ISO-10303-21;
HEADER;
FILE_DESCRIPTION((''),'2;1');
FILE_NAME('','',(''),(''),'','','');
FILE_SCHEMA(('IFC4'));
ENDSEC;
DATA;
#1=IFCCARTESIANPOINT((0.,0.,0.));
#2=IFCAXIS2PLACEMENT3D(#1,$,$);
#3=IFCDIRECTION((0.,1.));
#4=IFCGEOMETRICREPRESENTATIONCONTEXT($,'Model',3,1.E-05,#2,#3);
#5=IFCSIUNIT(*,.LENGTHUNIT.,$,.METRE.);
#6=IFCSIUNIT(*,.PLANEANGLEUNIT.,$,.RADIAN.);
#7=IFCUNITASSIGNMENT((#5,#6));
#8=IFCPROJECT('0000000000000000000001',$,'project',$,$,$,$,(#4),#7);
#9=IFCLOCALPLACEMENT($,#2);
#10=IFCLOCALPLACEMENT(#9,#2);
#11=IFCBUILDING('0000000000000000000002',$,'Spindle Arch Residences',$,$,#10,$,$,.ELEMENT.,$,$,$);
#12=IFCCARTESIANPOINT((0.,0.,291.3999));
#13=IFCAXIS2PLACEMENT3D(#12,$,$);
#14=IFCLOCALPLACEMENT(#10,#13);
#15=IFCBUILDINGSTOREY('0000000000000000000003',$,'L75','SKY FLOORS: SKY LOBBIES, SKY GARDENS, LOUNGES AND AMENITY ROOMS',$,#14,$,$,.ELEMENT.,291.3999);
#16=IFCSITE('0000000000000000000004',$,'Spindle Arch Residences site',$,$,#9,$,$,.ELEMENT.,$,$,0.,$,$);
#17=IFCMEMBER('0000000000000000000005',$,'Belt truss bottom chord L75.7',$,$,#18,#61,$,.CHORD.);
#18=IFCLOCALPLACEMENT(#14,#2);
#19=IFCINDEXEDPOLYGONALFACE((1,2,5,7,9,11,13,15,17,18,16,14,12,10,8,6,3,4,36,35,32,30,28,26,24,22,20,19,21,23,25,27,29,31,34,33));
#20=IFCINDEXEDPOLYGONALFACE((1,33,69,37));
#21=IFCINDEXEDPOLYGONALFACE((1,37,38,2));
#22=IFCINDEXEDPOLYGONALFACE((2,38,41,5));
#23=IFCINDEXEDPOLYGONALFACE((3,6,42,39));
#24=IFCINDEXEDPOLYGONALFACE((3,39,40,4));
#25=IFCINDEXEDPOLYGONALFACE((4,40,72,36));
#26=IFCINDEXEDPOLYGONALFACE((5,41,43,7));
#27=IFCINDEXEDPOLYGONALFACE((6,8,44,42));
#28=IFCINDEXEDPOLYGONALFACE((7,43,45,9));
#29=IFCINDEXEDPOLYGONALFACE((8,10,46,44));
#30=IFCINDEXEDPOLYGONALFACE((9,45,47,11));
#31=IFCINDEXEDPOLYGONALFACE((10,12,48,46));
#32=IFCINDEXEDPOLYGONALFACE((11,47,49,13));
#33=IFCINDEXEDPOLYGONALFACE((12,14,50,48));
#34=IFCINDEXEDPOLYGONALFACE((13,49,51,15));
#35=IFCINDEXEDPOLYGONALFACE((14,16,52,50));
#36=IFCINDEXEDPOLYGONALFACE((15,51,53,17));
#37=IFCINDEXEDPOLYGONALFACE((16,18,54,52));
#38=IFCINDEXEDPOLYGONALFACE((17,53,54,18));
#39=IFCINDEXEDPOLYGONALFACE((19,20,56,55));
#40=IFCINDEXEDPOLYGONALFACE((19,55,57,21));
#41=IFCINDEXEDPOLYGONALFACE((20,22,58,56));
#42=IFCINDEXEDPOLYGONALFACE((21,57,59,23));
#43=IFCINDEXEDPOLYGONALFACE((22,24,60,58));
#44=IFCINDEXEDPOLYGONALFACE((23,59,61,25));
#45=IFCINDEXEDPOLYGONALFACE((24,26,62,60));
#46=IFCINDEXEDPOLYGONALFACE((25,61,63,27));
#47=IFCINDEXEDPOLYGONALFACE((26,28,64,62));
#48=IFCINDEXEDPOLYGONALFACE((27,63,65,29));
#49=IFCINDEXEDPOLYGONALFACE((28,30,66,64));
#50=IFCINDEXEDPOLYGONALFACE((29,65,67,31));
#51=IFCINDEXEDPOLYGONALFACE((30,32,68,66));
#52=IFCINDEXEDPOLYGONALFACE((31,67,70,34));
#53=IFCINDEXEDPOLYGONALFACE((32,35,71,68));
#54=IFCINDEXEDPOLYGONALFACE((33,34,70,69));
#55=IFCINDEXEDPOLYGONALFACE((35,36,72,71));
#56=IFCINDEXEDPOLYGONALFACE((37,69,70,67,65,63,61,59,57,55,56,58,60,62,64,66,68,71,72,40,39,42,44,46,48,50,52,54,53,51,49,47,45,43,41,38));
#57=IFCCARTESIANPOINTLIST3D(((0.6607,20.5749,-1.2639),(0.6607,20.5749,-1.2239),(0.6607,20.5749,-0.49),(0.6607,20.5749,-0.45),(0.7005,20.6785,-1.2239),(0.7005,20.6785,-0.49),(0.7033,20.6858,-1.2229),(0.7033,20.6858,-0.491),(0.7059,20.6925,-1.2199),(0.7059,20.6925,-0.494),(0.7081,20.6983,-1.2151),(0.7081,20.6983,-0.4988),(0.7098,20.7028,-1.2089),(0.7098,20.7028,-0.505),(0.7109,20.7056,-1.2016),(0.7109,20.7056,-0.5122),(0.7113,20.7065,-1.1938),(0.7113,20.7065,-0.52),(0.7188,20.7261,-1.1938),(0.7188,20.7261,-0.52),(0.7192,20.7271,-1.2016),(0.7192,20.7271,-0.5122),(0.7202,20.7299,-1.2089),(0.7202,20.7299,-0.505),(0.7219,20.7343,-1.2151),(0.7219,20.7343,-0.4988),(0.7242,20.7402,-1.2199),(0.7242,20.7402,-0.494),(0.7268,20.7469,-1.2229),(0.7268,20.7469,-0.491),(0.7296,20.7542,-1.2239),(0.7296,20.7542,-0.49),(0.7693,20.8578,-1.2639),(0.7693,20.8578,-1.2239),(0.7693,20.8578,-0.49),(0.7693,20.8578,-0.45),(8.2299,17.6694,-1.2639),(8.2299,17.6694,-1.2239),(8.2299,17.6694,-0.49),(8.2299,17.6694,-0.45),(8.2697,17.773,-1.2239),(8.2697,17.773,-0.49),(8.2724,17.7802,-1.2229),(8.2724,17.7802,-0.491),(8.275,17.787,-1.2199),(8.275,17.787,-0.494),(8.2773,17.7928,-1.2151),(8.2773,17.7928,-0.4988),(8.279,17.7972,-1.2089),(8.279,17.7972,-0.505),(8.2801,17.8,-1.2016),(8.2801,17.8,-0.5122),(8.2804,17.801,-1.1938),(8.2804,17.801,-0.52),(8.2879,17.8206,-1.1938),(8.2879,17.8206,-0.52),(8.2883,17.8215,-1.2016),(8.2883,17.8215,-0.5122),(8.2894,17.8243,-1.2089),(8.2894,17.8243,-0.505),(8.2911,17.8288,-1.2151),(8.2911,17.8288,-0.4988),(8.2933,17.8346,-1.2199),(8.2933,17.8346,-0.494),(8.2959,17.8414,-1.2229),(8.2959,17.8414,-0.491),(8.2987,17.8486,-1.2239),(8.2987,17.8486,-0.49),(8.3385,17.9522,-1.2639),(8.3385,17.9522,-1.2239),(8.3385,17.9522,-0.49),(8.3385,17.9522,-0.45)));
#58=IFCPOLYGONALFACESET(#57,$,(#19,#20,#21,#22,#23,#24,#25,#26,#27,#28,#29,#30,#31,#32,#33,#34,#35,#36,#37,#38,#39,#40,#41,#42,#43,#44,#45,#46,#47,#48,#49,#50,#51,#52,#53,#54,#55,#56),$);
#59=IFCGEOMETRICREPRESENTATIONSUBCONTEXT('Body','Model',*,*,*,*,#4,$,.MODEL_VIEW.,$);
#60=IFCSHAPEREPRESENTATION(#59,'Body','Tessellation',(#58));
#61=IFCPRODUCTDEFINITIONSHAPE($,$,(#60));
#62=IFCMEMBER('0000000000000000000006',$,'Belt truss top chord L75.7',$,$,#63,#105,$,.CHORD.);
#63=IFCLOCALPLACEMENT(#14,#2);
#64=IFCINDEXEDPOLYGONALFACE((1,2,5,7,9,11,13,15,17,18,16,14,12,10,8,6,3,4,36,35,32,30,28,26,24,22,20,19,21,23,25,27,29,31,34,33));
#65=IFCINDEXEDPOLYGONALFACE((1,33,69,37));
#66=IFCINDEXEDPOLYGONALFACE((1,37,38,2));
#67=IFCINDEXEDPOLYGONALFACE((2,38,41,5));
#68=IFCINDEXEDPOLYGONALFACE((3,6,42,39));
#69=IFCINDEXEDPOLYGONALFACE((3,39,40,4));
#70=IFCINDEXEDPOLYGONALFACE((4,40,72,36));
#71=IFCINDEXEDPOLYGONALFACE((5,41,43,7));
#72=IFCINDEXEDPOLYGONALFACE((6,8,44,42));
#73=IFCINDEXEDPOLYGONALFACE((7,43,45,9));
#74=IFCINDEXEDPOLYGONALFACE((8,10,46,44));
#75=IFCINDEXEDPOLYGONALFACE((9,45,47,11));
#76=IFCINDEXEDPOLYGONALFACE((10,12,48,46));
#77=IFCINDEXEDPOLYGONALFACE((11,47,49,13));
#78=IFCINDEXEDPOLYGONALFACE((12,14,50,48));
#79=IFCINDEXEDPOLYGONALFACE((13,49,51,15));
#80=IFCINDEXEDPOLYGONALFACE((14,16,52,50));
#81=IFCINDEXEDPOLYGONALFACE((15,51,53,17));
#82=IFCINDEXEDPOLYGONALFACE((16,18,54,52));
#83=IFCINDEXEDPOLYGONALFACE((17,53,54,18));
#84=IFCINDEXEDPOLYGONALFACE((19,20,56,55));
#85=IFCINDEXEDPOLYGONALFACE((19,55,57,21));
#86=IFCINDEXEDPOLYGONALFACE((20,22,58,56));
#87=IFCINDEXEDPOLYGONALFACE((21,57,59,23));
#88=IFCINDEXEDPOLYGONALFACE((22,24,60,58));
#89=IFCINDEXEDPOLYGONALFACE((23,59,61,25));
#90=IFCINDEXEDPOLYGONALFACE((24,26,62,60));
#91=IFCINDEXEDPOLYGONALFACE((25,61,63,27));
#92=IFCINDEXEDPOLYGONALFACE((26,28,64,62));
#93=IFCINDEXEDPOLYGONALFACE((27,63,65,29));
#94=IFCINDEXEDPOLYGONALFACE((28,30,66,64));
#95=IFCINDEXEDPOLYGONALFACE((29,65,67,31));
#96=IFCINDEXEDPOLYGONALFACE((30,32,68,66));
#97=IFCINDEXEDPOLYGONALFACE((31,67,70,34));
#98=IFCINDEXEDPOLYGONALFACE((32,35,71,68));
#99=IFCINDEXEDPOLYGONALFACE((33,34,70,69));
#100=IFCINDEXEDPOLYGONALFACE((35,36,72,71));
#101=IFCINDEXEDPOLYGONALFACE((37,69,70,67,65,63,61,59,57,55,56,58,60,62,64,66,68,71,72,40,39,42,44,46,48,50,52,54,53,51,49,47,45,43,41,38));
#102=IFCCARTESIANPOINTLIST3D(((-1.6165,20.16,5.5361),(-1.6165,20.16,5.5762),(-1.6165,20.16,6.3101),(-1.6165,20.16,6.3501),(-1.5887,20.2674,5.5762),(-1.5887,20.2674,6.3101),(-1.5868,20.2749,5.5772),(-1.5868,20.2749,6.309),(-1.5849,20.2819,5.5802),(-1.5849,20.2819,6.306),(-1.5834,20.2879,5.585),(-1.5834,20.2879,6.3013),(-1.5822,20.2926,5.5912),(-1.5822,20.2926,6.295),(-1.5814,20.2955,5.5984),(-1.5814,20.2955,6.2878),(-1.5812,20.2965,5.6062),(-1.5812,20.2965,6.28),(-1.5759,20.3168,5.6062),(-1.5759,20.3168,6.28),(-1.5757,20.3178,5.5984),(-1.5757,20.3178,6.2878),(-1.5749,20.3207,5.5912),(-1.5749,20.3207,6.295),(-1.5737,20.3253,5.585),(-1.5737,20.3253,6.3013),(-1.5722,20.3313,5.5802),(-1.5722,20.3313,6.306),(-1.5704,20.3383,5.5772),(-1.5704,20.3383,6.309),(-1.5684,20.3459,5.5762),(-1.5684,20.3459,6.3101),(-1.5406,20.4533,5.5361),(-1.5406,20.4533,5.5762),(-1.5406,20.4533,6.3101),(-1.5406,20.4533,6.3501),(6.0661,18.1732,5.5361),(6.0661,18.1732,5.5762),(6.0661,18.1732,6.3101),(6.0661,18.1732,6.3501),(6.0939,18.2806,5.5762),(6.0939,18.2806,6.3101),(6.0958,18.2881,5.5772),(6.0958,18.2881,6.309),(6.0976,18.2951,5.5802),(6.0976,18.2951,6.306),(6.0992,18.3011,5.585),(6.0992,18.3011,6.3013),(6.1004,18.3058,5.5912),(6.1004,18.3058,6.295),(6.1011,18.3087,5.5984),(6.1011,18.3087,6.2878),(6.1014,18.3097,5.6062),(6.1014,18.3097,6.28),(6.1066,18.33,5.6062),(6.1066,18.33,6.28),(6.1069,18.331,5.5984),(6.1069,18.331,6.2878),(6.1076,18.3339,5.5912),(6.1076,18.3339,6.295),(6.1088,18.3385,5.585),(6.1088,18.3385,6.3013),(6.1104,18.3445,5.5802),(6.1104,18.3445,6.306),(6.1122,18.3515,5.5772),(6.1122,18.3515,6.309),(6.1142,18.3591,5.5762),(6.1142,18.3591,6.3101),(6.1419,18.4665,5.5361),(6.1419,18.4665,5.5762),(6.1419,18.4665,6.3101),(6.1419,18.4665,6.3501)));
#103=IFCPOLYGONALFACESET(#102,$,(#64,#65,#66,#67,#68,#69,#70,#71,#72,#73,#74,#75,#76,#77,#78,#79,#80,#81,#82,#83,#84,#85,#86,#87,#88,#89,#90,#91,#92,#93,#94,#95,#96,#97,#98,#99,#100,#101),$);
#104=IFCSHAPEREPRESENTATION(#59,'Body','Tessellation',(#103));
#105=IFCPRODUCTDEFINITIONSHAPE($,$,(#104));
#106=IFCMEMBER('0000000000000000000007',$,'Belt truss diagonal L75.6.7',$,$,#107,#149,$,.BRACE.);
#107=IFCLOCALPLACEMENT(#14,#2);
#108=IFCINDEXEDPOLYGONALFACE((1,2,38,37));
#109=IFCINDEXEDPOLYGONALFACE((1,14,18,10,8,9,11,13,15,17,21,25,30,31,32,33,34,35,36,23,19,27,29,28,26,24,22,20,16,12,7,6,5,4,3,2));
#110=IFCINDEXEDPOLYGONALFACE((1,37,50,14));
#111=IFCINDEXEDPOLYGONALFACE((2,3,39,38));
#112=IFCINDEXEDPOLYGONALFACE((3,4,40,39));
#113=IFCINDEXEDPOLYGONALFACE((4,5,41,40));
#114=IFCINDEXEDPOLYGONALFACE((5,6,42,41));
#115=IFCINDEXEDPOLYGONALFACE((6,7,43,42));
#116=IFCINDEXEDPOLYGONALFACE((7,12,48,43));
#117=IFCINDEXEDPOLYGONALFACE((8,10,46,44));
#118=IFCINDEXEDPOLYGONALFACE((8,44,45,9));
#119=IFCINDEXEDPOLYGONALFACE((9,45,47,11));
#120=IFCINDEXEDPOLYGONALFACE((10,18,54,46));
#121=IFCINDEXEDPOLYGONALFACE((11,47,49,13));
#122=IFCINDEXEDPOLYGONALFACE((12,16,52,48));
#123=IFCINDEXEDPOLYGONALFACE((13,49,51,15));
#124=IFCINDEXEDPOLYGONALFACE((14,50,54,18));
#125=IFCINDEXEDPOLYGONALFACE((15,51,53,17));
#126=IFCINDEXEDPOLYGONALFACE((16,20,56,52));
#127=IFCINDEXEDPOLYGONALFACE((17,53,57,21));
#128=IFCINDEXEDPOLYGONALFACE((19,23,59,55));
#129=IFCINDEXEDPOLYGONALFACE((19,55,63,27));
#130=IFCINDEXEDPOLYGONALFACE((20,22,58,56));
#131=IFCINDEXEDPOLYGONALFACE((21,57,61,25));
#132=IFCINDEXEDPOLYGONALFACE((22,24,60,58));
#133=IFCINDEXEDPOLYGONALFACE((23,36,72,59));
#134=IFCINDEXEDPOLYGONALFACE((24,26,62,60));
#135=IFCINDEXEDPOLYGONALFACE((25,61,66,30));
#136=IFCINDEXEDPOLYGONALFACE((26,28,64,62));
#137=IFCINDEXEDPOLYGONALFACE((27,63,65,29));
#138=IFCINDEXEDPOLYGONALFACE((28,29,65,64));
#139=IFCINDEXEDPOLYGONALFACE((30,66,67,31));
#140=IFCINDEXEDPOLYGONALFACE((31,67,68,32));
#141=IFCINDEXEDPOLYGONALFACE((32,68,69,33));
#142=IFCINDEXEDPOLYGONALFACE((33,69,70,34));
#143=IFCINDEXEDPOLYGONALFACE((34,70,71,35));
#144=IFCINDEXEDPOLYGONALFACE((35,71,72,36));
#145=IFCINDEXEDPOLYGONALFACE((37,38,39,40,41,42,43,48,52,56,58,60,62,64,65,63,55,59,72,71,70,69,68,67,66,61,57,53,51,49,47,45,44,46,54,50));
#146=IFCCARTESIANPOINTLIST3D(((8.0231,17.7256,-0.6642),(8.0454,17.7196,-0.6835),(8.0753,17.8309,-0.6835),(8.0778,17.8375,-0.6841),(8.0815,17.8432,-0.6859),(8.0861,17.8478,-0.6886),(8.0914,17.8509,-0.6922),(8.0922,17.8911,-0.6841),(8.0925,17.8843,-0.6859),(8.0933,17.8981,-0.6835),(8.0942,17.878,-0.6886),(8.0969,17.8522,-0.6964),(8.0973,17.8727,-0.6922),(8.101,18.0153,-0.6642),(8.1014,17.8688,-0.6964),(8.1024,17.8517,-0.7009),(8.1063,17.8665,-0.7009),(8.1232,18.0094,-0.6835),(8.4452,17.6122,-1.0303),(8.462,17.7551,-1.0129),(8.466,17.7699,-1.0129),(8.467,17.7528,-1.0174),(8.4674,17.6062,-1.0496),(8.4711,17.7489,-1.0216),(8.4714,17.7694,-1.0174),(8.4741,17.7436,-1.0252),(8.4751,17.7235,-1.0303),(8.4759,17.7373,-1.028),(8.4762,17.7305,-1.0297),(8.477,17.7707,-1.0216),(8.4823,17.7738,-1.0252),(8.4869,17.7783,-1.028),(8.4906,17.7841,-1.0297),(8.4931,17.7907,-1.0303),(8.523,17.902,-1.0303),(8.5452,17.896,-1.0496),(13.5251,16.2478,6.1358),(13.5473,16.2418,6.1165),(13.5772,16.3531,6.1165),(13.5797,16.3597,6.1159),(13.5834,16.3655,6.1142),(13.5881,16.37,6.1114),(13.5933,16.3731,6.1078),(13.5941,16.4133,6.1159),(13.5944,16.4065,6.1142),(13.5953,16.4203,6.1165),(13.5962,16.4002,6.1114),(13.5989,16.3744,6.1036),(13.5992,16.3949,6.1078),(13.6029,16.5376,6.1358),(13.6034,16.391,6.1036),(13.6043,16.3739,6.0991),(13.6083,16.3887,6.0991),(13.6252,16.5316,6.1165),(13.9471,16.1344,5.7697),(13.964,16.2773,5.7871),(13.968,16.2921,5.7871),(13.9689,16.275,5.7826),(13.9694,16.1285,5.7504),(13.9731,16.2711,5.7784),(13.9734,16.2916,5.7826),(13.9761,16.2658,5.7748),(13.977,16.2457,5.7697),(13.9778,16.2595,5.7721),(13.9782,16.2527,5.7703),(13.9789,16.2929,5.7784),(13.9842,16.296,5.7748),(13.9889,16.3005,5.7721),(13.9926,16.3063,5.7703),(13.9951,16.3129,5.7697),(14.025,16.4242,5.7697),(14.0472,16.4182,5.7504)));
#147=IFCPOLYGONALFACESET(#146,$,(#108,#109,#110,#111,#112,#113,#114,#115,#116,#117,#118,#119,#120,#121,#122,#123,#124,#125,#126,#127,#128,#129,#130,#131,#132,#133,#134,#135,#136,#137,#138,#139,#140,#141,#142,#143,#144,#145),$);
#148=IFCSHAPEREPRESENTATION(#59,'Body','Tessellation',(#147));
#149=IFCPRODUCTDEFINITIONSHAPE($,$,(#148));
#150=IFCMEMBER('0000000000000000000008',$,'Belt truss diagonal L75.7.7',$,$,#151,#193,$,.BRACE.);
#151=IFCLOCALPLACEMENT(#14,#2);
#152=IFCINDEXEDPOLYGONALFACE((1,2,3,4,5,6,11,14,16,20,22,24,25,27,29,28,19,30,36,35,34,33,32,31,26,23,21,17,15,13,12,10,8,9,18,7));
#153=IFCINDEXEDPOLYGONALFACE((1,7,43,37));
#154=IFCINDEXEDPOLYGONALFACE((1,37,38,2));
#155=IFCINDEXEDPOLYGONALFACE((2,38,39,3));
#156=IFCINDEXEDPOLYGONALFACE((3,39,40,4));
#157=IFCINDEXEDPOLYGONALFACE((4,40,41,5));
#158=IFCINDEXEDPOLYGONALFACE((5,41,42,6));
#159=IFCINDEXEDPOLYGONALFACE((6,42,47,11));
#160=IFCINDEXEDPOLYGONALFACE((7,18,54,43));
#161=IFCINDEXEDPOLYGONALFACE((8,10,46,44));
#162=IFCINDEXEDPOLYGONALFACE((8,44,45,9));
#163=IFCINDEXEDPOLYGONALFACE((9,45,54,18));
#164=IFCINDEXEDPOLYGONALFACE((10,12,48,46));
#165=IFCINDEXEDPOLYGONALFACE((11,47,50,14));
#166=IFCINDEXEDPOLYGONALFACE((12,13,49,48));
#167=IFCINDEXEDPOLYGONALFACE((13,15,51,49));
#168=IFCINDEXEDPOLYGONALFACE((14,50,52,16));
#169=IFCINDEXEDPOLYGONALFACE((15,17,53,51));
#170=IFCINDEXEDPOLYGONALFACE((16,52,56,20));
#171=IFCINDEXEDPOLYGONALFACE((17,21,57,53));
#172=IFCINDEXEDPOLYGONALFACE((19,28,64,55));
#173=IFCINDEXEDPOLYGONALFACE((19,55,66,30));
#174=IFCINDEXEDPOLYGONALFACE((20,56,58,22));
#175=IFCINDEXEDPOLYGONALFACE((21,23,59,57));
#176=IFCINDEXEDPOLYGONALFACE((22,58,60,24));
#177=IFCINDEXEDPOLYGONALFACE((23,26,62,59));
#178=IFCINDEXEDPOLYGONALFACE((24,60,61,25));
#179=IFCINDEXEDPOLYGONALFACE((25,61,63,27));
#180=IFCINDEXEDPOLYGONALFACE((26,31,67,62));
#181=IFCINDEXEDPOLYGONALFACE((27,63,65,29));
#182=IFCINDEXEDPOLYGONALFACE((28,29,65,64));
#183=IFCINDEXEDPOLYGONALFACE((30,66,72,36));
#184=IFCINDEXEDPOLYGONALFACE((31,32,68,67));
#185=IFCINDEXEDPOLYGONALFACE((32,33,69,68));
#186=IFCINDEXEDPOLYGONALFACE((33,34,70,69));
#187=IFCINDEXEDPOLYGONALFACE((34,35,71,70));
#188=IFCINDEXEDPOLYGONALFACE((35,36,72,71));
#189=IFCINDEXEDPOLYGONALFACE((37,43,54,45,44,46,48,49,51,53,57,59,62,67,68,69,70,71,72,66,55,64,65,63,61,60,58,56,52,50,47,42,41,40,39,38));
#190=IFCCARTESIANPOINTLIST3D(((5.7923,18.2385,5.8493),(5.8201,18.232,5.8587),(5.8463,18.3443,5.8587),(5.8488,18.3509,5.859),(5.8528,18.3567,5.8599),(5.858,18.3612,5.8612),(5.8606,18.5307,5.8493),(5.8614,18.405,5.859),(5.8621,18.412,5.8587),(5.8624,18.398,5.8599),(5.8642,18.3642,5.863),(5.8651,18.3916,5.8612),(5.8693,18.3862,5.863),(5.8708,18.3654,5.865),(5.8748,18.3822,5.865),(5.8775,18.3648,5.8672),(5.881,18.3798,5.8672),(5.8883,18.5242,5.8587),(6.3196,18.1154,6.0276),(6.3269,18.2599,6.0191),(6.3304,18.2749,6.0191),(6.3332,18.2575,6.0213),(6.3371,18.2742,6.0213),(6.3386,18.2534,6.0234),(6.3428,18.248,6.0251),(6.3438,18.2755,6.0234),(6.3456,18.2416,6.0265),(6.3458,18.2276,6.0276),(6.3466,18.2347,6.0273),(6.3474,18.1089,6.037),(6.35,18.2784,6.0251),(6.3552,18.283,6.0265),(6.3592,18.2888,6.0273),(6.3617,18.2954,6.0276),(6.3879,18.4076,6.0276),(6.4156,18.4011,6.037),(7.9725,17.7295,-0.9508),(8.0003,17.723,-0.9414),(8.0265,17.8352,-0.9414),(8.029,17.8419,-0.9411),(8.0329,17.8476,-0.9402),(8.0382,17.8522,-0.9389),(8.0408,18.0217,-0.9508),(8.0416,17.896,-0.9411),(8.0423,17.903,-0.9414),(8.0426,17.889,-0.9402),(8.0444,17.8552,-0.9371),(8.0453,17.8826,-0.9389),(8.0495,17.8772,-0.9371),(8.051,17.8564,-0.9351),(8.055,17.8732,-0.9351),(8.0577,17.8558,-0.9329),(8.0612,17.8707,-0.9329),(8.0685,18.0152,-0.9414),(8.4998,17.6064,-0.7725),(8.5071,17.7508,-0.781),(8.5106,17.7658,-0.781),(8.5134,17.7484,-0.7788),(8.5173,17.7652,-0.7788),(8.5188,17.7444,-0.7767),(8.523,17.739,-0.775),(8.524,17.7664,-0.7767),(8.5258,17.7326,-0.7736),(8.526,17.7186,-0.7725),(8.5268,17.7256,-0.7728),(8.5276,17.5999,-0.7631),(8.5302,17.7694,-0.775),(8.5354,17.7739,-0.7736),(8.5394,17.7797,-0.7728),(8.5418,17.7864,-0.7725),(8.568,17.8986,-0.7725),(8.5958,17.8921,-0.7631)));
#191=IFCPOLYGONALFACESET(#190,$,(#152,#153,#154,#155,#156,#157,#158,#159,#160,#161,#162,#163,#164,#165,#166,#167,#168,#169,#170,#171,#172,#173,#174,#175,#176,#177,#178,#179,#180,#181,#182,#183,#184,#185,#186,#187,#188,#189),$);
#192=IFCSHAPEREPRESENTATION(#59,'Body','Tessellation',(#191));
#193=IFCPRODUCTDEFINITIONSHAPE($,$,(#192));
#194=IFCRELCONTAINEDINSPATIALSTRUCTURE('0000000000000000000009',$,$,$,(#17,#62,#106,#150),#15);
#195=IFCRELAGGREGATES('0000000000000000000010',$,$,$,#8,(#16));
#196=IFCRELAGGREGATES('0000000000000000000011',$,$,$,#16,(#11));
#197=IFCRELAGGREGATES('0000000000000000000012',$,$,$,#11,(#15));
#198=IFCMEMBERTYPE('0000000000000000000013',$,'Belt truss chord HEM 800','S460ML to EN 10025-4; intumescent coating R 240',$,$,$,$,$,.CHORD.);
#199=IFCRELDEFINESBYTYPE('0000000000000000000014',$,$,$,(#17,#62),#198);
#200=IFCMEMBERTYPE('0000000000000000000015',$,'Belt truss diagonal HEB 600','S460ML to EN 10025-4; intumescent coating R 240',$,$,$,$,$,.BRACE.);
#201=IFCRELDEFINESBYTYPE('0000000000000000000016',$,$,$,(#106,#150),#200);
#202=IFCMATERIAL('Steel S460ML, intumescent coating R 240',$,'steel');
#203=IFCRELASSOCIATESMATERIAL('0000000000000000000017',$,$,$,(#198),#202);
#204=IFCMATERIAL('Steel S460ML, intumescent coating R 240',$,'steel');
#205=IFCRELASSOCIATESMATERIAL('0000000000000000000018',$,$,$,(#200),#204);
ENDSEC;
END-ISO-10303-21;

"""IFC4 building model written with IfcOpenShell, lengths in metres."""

from ifc_helpers import new_model, si_unit, direction, frame, origin, origin_2d, place, context, subcontext, project, spatial, i_section, extrude, material, material_profile, profile_set, type_object, element, save


model = new_model("IFC4")

# Units and contexts
model_context = context("Model", 3, precision=1e-05, world=origin(), true_north=direction((0.0, 1.0)))
body_context = subcontext(model_context, "Body", "Model", "MODEL_VIEW")
ifc_project = project(units=[si_unit("LENGTHUNIT", "METRE"), si_unit("PLANEANGLEUNIT", "RADIAN")], contexts=[model_context])

# Site, building, storey
site_placement = place(None, origin())
site = spatial("IfcSite", under=ifc_project, at=site_placement, Name="Spindle Arch Residences site", CompositionType="ELEMENT", RefElevation=0.0)
building_placement = place(site_placement, origin())
building = spatial("IfcBuilding", under=site, at=building_placement, Name="Spindle Arch Residences", CompositionType="ELEMENT")
storey_placement = place(building_placement, frame((0.0, 0.0, 291.3999)))
storey = spatial("IfcBuildingStorey", under=building, at=storey_placement, Name="L75", Description="SKY FLOORS: SKY LOBBIES, SKY GARDENS, LOUNGES AND AMENITY ROOMS", CompositionType="ELEMENT", Elevation=291.3999)

# Members
ifc_material_1 = material(Name="Steel S460ML, intumescent coating R 240", Category="steel")
ifc_material_profile_1 = material_profile(ifc_material_1, i_section(OverallWidth=0.303, OverallDepth=0.814, WebThickness=0.021, FlangeThickness=0.04, FilletRadius=0.03, at=origin_2d()), Name="HEM 800")
ifc_profile_set_1 = profile_set([ifc_material_profile_1], Name="Steel S460ML, intumescent coating R 240")
member_type_1 = type_object("IfcMemberType", Name="Belt truss chord HEM 800", Description="S460ML to EN 10025-4; intumescent coating R 240", PredefinedType="CHORD", material=ifc_profile_set_1)
member_1_placement = place(storey_placement, frame((8.2842, 17.8108, -0.8569), z_axis=(-0.93358, 0.35837, 0.0), x_axis=(-0.35837, -0.93358, 0.0)))
element("IfcMember", 1, at=member_1_placement, inside=storey, type_object=member_type_1, Name="Belt truss bottom chord L75.7", PredefinedType="CHORD", context=body_context, shape_type="SweptSolid", body=[
    extrude(i_section(OverallWidth=0.303, OverallDepth=0.814, WebThickness=0.021, FlangeThickness=0.04, FilletRadius=0.03, at=origin_2d()), origin(), (0.0, 0.0, 1.0), 8.1077),
])
member_2_placement = place(storey_placement, frame((6.104, 18.3198, 5.9431), z_axis=(-0.968149, 0.250375, 0.0), x_axis=(-0.250375, -0.968149, 0.0)))
element("IfcMember", 2, at=member_2_placement, inside=storey, type_object=member_type_1, Name="Belt truss top chord L75.7", PredefinedType="CHORD", context=body_context, shape_type="SweptSolid", body=[
    extrude(i_section(OverallWidth=0.303, OverallDepth=0.814, WebThickness=0.021, FlangeThickness=0.04, FilletRadius=0.03, at=origin_2d()), origin(), (0.0, 0.0, 1.0), 7.9353),
])
ifc_material_2 = material(Name="Steel S460ML, intumescent coating R 240", Category="steel")
ifc_material_profile_2 = material_profile(ifc_material_2, i_section(OverallWidth=0.3, OverallDepth=0.6001, WebThickness=0.0154, FlangeThickness=0.03, FilletRadius=0.0271, at=origin_2d()), Name="HEB 600")
ifc_profile_set_2 = profile_set([ifc_material_profile_2], Name="Steel S460ML, intumescent coating R 240")
member_type_2 = type_object("IfcMemberType", Name="Belt truss diagonal HEB 600", Description="S460ML to EN 10025-4; intumescent coating R 240", PredefinedType="BRACE", material=ifc_profile_set_2)
member_3_placement = place(storey_placement, frame((8.2842, 17.8108, -0.8569), z_axis=(0.620213, -0.166584, 0.766542), x_axis=(0.259399, 0.96577, 0.0)))
element("IfcMember", 3, at=member_3_placement, inside=storey, type_object=member_type_2, Name="Belt truss diagonal L75.6.7", PredefinedType="BRACE", context=body_context, shape_type="SweptSolid", body=[
    extrude(i_section(OverallWidth=0.3, OverallDepth=0.6001, WebThickness=0.0154, FlangeThickness=0.03, FilletRadius=0.0271, at=origin_2d()), origin(), (0.0, 0.0, 1.0), 8.8711),
])
member_4_placement = place(storey_placement, frame((8.2842, 17.8108, -0.8569), z_axis=(-0.304531, 0.071103, 0.949845), x_axis=(-0.227368, -0.973809, 0.0)))
element("IfcMember", 4, at=member_4_placement, inside=storey, type_object=member_type_2, Name="Belt truss diagonal L75.7.7", PredefinedType="BRACE", context=body_context, shape_type="SweptSolid", body=[
    extrude(i_section(OverallWidth=0.3, OverallDepth=0.6001, WebThickness=0.0154, FlangeThickness=0.03, FilletRadius=0.0271, at=origin_2d()), origin(), (0.0, 0.0, 1.0), 7.1592),
])

save(model, "model.ifc")
